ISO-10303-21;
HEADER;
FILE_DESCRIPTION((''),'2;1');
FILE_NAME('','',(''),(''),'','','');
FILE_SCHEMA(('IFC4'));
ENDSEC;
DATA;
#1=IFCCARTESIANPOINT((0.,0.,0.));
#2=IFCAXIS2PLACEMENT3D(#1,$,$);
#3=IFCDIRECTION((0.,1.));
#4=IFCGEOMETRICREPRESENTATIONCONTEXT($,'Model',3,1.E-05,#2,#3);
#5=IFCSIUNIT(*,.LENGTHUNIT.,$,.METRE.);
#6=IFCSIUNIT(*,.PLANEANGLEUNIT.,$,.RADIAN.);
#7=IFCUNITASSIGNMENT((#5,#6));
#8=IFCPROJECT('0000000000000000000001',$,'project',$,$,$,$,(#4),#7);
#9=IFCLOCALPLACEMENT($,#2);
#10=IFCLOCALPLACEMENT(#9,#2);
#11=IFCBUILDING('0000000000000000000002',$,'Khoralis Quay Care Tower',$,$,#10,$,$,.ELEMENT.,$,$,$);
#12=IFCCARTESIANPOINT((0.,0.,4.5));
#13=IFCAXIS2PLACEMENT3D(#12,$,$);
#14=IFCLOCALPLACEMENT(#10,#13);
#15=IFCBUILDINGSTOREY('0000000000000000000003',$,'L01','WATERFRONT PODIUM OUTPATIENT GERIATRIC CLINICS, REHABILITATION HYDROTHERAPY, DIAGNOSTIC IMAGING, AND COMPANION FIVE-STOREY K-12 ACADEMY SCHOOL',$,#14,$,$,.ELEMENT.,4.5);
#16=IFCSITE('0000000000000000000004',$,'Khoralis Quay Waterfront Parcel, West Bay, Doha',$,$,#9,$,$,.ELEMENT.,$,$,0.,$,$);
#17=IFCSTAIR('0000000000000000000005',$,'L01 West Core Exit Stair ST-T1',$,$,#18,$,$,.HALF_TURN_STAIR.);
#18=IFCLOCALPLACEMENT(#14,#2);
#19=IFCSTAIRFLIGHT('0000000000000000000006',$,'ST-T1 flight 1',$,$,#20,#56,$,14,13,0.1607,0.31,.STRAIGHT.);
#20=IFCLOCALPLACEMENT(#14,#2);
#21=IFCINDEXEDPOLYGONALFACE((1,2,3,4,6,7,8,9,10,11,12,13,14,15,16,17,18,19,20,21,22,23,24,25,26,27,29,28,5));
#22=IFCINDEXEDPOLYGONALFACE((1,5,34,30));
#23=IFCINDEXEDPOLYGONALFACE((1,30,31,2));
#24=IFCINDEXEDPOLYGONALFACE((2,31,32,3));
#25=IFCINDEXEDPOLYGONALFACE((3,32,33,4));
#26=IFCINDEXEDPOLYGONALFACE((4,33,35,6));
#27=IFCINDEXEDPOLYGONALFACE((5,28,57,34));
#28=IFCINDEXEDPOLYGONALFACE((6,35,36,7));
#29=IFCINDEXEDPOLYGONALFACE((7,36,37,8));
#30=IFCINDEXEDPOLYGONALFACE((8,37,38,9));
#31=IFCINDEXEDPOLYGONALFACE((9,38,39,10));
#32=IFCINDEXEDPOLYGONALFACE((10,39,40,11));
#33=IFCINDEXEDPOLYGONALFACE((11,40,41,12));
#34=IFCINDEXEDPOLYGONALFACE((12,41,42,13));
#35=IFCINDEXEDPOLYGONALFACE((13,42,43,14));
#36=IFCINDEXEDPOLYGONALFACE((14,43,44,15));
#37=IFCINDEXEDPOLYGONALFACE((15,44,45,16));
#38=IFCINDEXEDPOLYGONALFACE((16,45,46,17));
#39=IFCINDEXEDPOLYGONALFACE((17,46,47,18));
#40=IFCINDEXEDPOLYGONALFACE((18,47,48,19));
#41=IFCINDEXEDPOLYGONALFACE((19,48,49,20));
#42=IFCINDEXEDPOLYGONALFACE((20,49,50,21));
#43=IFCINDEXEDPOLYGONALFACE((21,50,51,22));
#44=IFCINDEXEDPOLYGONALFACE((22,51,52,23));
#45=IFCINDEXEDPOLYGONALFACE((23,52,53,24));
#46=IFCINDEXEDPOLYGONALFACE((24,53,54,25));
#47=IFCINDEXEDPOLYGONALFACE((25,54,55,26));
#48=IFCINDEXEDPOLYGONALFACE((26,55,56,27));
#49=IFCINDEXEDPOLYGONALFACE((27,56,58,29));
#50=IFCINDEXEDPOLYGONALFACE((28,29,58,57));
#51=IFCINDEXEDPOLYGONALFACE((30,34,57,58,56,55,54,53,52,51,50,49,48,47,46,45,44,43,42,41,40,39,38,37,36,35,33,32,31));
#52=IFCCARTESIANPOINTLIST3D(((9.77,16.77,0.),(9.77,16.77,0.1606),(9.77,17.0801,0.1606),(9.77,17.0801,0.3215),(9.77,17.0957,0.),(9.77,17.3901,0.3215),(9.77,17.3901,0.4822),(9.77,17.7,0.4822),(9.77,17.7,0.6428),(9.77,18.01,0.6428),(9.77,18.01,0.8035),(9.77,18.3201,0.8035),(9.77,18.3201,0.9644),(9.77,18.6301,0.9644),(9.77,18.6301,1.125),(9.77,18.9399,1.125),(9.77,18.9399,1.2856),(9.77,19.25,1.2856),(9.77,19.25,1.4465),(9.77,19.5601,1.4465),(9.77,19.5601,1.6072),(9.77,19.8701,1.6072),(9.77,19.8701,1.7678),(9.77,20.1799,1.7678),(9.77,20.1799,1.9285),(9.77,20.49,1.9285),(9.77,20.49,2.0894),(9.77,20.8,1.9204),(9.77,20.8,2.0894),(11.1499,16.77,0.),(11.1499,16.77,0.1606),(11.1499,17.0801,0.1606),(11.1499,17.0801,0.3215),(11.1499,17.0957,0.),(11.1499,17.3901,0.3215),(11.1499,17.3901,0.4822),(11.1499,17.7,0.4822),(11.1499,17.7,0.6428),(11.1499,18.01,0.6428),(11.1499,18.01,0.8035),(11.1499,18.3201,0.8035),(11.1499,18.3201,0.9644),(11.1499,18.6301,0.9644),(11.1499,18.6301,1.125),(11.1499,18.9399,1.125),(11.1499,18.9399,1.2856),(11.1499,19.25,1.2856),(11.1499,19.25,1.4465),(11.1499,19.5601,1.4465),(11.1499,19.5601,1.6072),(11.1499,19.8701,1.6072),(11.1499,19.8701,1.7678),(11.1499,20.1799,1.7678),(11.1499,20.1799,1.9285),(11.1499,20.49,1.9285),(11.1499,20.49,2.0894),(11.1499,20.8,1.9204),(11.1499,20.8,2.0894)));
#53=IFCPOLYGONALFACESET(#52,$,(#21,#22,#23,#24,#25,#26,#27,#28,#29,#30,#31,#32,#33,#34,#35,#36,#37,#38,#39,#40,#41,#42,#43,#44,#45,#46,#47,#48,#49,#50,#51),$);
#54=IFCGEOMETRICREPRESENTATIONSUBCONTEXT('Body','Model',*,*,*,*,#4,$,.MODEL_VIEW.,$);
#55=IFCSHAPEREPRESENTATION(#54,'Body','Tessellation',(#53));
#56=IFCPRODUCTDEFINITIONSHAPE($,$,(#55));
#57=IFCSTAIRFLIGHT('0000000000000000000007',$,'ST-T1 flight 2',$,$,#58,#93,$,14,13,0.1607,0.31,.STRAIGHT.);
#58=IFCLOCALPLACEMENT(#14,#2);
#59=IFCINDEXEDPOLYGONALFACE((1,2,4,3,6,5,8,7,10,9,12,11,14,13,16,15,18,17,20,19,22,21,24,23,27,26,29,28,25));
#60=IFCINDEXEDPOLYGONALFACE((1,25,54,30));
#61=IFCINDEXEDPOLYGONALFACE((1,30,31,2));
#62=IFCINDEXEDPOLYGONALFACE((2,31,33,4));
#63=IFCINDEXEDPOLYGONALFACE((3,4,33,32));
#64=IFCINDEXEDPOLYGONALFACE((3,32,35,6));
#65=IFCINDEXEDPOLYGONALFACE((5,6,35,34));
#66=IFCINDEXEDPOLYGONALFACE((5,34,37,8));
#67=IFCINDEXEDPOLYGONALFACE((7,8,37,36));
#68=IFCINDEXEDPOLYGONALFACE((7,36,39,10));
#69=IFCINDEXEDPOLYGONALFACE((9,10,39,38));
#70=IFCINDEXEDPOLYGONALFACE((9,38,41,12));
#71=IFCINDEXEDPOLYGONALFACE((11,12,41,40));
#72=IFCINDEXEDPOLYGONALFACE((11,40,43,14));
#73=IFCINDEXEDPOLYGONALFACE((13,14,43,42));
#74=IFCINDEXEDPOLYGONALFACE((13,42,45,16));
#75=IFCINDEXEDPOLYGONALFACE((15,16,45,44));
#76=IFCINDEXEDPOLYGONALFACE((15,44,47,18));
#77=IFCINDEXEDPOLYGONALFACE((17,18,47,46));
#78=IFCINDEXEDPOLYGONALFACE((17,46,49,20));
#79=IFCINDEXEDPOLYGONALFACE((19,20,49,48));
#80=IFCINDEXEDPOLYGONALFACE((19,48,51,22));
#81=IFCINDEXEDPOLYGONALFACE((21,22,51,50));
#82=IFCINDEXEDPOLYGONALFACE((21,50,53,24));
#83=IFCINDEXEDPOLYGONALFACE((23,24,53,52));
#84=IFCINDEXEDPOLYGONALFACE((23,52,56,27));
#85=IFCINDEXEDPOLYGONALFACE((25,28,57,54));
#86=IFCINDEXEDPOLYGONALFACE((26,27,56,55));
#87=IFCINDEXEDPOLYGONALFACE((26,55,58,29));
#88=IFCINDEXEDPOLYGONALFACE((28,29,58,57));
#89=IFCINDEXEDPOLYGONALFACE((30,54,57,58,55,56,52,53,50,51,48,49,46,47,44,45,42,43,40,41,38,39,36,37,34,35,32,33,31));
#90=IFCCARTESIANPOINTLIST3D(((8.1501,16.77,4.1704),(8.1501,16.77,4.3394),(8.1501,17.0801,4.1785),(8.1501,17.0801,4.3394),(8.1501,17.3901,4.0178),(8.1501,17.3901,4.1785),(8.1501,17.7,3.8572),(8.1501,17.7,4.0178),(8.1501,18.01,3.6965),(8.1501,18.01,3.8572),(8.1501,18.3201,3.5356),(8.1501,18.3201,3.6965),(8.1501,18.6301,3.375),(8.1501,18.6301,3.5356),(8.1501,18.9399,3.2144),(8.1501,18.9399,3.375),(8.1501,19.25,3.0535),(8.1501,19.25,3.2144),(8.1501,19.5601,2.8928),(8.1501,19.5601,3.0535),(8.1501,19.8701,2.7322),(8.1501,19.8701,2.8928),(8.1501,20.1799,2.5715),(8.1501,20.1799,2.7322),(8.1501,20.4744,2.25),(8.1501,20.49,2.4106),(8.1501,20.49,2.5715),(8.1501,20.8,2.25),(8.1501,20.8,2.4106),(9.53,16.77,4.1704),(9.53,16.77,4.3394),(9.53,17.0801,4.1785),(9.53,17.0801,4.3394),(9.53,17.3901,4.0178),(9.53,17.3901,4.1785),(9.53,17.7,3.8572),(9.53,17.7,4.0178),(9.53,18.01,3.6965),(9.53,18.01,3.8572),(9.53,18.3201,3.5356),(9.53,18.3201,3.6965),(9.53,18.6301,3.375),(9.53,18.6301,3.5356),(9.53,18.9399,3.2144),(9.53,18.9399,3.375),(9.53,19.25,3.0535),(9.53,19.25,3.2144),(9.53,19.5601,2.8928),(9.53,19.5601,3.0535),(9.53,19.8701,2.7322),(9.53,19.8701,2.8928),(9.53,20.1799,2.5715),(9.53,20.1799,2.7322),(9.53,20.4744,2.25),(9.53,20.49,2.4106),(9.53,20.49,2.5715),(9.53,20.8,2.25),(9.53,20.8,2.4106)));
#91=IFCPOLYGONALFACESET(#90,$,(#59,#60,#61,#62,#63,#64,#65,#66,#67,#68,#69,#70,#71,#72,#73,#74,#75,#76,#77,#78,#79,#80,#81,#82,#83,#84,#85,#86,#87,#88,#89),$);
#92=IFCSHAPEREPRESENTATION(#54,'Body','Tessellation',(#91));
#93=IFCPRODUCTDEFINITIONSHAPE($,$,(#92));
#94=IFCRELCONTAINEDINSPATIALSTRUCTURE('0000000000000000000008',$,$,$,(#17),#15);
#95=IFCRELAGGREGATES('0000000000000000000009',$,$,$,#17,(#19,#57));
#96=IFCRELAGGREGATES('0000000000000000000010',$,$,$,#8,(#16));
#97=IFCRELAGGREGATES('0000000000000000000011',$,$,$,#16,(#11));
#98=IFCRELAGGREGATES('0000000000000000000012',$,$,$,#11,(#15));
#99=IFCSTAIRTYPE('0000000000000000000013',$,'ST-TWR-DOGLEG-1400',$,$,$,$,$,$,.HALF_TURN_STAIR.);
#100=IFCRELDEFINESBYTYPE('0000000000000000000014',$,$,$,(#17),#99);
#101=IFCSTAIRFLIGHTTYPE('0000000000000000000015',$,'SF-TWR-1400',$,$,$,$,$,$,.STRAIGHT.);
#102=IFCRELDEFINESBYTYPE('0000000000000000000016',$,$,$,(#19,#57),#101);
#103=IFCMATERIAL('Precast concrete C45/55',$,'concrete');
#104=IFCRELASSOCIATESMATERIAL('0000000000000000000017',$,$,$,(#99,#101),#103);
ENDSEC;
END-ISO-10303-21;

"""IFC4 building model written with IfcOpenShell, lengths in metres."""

from ifc_helpers import new_model, si_unit, direction, frame, origin, place, context, subcontext, project, spatial, polyline, outline, extrude, source, transform, mapped, material, type_object, element, aggregate, save


model = new_model("IFC4")

# Units and contexts
model_context = context("Model", 3, precision=1e-05, world=origin(), true_north=direction((0.0, 1.0)))
body_context = subcontext(model_context, "Body", "Model", "MODEL_VIEW")
ifc_project = project(units=[si_unit("LENGTHUNIT", "METRE"), si_unit("PLANEANGLEUNIT", "RADIAN")], contexts=[model_context])

# Site, building, storey
site_placement = place(None, origin())
site = spatial("IfcSite", under=ifc_project, at=site_placement, Name="Khoralis Quay Waterfront Parcel, West Bay, Doha", CompositionType="ELEMENT", RefElevation=0.0)
building_placement = place(site_placement, origin())
building = spatial("IfcBuilding", under=site, at=building_placement, Name="Khoralis Quay Care Tower", CompositionType="ELEMENT")
storey_placement = place(building_placement, frame((0.0, 0.0, 4.5)))
storey = spatial("IfcBuildingStorey", under=building, at=storey_placement, Name="L01", Description="WATERFRONT PODIUM OUTPATIENT GERIATRIC CLINICS, REHABILITATION HYDROTHERAPY, DIAGNOSTIC IMAGING, AND COMPANION FIVE-STOREY K-12 ACADEMY SCHOOL", CompositionType="ELEMENT", Elevation=4.5)

# Stair, stair flights
ifc_material_1 = material(Name="Precast concrete C45/55", Category="concrete")
stair_type = type_object("IfcStairType", Name="ST-TWR-DOGLEG-1400", PredefinedType="HALF_TURN_STAIR", material=ifc_material_1)
stair_placement = place(storey_placement, origin())
stair = element("IfcStair", 1, at=stair_placement, inside=storey, type_object=stair_type, Name="L01 West Core Exit Stair ST-T1", PredefinedType="HALF_TURN_STAIR")
stair_flight_type = type_object("IfcStairFlightType", Name="SF-TWR-1400", PredefinedType="STRAIGHT", material=ifc_material_1)
shared_shape_1 = source(origin(), body_context, "Body", "SweptSolid", [
    extrude(outline(polyline([(0.0, 0.0), (0.0, 0.1606), (0.3101, 0.1606), (0.3101, 0.3215), (0.6201, 0.3215), (0.6201, 0.4822), (0.9299, 0.4822), (0.9299, 0.6428), (1.24, 0.6428), (1.24, 0.8035), (1.55, 0.8035), (1.55, 0.9644), (1.8601, 0.9644), (1.8601, 1.125), (2.1699, 1.125), (2.1699, 1.2856), (2.48, 1.2856), (2.48, 1.4465), (2.79, 1.4465), (2.79, 1.6072), (3.1001, 1.6072), (3.1001, 1.7678), (3.4099, 1.7678), (3.4099, 1.9285), (3.72, 1.9285), (3.72, 2.0894), (4.03, 2.0894), (4.03, 2.25), (4.03, 1.9204), (0.3257, 0.0), (0.0, 0.0)])), frame((0.0, 0.6899, 0.0), z_axis=(0.0, -1.0, 0.0), x_axis=(1.0, 0.0, 0.0)), (0.0, 0.0, 1.0), 1.3799),
])
stair_flight_1_placement = place(storey_placement, frame((10.46, 16.77, 0.0), z_axis=(0.0, 0.0, 1.0), x_axis=(0.0, 1.0, 0.0)))
stair_flight_1 = element("IfcStairFlight", 2, at=stair_flight_1_placement, type_object=stair_flight_type, Name="ST-T1 flight 1", NumberOfRisers=14, NumberOfTreads=13, PredefinedType="STRAIGHT", RiserHeight=0.1607, TreadLength=0.31, context=body_context, shape_type="MappedRepresentation", body=[
    mapped(shared_shape_1, transform((0.0, 0.0, 0.0), scale=1.0)),
])
stair_flight_2_placement = place(storey_placement, frame((8.8401, 20.8, 2.25), z_axis=(0.0, 0.0, 1.0), x_axis=(0.0, -1.0, 0.0)))
stair_flight_2 = element("IfcStairFlight", 3, at=stair_flight_2_placement, type_object=stair_flight_type, Name="ST-T1 flight 2", NumberOfRisers=14, NumberOfTreads=13, PredefinedType="STRAIGHT", RiserHeight=0.1607, TreadLength=0.31, context=body_context, shape_type="MappedRepresentation", body=[
    mapped(shared_shape_1, transform((0.0, 0.0, 0.0), scale=1.0)),
])
aggregate(stair, [stair_flight_1, stair_flight_2])

save(model, "model.ifc")
